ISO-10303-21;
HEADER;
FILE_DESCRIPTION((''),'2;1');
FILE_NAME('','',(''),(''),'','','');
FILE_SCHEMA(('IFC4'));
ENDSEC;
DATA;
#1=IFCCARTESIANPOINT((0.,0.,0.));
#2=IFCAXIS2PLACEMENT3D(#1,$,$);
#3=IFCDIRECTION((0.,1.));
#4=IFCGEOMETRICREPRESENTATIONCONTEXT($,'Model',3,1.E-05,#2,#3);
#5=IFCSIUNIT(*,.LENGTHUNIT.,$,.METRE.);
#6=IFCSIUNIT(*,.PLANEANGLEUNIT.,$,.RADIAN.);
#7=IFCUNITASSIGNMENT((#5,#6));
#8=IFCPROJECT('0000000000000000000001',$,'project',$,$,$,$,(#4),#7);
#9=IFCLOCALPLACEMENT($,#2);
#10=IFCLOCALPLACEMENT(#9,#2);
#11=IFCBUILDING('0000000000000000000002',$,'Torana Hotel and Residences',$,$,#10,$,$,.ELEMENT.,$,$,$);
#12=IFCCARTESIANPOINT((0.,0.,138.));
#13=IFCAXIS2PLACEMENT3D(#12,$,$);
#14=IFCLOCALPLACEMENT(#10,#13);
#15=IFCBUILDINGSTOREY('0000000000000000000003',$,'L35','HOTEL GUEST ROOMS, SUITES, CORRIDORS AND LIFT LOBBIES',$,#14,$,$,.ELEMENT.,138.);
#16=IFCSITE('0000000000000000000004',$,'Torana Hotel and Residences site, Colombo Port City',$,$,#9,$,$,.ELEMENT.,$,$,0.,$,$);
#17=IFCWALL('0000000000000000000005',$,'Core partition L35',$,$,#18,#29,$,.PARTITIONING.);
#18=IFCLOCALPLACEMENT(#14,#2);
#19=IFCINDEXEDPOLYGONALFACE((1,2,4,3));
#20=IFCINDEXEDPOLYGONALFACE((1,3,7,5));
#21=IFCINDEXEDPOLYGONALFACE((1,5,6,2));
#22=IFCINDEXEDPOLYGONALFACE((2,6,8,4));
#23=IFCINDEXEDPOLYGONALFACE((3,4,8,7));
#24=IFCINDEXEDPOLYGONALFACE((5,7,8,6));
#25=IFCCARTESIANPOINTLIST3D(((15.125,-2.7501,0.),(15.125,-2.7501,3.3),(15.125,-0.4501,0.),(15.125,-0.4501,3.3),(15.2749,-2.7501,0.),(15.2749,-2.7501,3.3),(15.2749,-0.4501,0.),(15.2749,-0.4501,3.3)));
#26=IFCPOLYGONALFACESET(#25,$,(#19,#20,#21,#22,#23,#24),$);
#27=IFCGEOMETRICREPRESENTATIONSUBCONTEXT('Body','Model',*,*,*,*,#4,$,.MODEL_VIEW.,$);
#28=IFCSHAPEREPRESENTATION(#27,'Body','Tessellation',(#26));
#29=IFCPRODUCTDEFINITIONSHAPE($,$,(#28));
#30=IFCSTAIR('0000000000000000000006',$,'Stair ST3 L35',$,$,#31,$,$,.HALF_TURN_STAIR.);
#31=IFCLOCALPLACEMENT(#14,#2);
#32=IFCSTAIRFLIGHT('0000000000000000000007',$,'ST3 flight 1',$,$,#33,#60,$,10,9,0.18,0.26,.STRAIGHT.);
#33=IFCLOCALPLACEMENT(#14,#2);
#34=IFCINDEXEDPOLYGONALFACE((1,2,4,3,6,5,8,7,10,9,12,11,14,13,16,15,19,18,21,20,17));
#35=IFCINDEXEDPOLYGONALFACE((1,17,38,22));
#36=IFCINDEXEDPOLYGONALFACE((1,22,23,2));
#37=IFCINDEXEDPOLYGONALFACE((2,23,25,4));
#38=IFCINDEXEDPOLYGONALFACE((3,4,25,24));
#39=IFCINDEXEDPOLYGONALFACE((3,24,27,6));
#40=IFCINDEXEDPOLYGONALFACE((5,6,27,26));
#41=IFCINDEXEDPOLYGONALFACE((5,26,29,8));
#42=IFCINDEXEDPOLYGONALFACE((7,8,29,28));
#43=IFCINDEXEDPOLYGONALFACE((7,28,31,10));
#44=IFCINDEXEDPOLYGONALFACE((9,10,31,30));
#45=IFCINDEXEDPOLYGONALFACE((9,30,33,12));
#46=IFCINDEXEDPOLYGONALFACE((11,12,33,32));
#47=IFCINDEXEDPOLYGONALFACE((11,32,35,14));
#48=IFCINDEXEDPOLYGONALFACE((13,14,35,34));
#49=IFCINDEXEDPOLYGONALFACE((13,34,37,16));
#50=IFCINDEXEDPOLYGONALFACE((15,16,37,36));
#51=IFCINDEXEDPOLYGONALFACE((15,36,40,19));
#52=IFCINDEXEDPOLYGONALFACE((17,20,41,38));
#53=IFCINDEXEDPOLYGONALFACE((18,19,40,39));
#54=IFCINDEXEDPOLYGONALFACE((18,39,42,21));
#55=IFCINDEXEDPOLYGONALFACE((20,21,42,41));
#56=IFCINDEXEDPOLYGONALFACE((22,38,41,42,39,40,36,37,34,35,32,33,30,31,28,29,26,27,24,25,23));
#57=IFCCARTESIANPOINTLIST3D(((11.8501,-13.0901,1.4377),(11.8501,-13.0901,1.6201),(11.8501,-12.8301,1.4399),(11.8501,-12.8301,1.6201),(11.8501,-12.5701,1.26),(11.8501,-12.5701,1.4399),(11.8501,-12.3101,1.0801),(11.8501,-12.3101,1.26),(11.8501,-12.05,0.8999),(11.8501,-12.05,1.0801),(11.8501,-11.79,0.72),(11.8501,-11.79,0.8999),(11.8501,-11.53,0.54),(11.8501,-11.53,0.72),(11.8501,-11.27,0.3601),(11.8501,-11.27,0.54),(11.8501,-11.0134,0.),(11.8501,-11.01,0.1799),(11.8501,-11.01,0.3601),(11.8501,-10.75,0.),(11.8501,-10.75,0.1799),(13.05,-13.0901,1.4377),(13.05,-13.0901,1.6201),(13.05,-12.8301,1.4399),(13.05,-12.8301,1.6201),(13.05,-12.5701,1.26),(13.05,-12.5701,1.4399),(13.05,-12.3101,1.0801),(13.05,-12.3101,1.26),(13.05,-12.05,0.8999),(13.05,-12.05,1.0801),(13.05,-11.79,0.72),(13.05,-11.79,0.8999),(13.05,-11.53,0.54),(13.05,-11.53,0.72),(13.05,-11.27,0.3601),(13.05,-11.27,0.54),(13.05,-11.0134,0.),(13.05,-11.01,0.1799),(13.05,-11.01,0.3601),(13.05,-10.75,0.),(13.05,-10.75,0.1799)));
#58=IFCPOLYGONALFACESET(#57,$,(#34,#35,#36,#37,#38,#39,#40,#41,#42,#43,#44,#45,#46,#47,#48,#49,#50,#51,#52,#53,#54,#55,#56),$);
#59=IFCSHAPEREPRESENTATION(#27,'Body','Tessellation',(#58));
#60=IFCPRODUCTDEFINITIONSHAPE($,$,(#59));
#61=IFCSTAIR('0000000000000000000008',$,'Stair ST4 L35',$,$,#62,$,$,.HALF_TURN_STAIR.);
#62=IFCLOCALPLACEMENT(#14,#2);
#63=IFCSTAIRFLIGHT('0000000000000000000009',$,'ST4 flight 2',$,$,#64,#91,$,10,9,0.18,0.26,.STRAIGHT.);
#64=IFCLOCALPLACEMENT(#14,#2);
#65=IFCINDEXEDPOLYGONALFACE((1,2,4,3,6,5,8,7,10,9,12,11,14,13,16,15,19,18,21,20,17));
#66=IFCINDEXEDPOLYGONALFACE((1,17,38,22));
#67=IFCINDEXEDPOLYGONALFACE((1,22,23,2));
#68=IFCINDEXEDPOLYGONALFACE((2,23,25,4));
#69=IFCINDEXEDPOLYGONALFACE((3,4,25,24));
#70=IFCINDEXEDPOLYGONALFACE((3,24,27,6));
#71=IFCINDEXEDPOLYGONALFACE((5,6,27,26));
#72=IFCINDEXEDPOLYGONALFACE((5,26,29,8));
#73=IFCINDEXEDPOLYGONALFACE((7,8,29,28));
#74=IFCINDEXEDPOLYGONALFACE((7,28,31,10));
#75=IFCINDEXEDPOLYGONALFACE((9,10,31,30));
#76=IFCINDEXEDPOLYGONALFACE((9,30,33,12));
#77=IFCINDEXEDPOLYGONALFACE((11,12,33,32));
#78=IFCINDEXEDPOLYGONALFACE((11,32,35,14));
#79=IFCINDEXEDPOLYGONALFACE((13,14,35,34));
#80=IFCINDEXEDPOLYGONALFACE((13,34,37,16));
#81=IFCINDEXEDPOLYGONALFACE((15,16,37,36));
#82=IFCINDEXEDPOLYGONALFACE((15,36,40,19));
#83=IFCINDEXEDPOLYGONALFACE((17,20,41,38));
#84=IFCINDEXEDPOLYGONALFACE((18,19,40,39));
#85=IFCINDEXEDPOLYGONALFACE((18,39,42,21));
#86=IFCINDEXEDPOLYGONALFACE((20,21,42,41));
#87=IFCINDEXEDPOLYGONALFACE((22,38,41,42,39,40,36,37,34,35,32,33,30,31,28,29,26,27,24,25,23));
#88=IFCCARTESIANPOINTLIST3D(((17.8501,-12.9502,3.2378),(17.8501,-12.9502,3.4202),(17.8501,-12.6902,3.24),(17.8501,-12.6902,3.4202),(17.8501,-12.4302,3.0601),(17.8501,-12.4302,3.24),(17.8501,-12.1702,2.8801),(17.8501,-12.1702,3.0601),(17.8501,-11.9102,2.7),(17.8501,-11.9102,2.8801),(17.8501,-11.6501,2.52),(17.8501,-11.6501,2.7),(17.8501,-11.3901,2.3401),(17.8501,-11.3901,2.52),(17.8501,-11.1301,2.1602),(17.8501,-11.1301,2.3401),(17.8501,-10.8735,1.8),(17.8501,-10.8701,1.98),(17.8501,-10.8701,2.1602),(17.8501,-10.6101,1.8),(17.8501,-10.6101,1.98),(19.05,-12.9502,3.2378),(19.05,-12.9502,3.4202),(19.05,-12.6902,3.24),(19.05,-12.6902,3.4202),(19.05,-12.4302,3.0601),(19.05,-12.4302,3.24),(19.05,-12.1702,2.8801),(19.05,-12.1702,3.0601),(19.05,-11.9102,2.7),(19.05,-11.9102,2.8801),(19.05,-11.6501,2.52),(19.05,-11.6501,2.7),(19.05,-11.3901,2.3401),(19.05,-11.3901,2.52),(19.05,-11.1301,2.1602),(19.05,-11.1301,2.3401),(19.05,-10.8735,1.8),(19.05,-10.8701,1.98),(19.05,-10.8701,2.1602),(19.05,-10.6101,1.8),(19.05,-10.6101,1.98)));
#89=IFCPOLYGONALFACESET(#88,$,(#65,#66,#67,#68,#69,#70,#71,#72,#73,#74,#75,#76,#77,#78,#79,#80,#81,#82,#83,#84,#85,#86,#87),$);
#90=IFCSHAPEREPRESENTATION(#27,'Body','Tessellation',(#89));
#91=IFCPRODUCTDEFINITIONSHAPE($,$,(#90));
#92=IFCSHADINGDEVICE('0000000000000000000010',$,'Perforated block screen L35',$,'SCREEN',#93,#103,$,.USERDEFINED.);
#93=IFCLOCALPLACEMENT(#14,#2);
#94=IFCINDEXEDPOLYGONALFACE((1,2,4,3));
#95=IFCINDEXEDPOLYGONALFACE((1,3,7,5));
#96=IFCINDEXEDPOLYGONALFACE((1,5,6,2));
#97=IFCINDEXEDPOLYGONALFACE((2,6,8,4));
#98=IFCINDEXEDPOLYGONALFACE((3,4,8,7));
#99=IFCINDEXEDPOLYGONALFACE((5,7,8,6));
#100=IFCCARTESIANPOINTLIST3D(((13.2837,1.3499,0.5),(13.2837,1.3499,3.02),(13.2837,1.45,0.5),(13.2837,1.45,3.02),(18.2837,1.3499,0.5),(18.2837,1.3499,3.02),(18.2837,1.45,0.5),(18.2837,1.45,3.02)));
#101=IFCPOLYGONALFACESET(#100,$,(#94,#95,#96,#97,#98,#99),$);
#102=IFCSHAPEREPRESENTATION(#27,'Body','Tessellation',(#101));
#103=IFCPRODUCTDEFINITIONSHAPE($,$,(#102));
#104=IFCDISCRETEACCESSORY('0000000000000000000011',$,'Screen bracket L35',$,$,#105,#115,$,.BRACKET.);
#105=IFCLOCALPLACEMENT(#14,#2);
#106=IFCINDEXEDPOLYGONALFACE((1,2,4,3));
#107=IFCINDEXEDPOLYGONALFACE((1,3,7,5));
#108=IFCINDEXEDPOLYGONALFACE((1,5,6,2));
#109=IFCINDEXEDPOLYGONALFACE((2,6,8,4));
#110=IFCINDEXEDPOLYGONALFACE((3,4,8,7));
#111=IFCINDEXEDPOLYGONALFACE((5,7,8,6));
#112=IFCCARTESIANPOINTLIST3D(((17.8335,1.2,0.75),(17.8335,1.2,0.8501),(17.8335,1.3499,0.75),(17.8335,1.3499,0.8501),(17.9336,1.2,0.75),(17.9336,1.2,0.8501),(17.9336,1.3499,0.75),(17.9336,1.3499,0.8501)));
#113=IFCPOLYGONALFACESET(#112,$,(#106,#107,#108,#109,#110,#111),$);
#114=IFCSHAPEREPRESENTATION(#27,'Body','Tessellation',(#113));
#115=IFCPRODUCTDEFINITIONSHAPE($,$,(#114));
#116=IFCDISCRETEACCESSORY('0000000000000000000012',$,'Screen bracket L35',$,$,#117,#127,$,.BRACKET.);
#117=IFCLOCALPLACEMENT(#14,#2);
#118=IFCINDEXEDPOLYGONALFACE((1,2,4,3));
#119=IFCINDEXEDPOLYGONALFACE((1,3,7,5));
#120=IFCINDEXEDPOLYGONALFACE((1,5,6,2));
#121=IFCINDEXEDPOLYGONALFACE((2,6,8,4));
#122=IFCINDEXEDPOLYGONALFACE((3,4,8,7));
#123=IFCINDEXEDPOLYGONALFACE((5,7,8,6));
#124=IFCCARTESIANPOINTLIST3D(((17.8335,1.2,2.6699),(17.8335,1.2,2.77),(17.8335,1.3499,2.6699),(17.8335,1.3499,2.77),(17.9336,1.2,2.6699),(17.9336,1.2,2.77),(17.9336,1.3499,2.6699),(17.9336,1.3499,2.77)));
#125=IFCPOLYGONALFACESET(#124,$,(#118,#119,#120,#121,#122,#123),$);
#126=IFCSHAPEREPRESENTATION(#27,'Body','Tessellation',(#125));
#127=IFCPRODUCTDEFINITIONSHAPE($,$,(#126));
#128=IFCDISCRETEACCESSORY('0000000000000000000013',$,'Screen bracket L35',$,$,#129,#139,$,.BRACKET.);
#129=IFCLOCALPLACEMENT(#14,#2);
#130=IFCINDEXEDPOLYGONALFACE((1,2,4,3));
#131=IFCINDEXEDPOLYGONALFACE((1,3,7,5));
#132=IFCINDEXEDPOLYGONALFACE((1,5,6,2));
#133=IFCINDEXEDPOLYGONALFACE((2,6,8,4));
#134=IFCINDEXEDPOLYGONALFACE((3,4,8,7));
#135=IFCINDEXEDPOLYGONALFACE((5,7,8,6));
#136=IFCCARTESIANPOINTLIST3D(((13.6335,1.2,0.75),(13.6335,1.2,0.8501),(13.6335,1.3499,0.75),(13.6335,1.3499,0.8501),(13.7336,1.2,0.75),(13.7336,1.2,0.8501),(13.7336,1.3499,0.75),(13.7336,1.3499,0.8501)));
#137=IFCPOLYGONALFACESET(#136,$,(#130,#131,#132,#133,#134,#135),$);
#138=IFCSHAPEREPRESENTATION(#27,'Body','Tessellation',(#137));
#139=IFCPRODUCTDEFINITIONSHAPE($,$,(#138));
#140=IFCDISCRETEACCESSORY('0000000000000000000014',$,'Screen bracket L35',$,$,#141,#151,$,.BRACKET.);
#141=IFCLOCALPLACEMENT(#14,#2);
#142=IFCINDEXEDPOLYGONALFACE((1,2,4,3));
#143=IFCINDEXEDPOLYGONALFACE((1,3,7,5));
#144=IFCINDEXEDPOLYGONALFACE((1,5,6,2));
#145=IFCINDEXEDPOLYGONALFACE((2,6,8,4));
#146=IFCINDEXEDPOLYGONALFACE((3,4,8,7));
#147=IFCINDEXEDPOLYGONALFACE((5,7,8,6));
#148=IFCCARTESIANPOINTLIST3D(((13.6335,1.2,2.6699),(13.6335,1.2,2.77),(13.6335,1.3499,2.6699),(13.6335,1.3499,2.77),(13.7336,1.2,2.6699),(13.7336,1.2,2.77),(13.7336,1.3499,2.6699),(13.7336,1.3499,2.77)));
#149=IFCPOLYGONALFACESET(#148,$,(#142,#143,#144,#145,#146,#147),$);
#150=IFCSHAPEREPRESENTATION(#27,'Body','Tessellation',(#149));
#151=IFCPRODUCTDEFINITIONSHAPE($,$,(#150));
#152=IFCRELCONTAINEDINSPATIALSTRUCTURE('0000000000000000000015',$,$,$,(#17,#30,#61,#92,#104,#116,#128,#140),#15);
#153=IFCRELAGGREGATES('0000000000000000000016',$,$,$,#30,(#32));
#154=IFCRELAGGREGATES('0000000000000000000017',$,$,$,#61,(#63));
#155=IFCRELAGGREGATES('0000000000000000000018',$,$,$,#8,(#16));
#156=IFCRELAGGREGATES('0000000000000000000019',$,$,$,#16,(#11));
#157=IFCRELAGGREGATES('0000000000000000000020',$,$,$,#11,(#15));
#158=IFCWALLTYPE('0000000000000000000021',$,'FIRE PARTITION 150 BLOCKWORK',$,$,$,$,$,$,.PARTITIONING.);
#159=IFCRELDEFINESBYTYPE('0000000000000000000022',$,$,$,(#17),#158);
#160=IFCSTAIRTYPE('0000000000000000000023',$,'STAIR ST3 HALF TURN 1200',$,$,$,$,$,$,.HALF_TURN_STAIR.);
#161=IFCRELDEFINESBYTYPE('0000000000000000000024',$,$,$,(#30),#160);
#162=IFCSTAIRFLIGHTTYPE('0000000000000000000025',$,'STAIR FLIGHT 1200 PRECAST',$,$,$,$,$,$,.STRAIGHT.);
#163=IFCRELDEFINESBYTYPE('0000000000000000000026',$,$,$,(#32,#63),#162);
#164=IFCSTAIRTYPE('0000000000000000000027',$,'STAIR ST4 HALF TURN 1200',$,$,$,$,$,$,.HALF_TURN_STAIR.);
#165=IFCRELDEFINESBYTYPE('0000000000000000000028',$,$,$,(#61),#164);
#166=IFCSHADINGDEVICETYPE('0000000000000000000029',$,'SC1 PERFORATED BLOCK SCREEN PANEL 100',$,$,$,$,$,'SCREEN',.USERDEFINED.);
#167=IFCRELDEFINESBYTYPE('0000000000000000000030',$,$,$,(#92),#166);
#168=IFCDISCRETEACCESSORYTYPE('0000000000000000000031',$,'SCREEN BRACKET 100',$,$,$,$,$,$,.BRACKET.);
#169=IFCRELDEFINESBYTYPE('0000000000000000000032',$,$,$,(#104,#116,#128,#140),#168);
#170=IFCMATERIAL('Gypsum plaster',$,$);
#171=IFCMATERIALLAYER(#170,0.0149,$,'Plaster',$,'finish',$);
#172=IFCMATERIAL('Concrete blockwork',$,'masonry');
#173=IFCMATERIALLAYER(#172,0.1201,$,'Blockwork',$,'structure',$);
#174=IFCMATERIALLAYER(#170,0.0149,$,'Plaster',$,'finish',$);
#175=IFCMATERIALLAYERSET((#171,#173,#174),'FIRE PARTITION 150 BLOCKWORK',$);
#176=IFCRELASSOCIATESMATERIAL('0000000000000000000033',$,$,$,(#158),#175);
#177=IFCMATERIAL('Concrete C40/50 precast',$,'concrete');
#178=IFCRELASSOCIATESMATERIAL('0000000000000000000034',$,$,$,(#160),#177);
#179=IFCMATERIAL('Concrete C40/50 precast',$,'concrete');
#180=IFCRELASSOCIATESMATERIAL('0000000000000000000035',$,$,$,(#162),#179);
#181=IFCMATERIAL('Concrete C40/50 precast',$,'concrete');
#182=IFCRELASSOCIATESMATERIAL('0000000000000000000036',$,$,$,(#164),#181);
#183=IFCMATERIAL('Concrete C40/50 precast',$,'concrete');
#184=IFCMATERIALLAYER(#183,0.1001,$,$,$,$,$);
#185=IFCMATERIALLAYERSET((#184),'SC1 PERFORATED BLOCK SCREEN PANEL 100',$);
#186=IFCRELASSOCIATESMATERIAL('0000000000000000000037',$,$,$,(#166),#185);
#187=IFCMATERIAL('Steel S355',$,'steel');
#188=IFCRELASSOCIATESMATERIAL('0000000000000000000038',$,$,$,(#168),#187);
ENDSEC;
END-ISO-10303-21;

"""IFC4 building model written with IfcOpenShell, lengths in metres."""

from ifc_helpers import new_model, si_unit, direction, frame, frame_2d, origin, origin_2d, place, context, subcontext, project, spatial, polyline, rectangle, outline, extrude, material, layer, layer_set, type_object, element, aggregate, save


model = new_model("IFC4")

# Units and contexts
model_context = context("Model", 3, precision=1e-05, world=origin(), true_north=direction((0.0, 1.0)))
body_context = subcontext(model_context, "Body", "Model", "MODEL_VIEW")
ifc_project = project(units=[si_unit("LENGTHUNIT", "METRE"), si_unit("PLANEANGLEUNIT", "RADIAN")], contexts=[model_context])

# Site, building, storey
site_placement = place(None, origin())
site = spatial("IfcSite", under=ifc_project, at=site_placement, Name="Torana Hotel and Residences site, Colombo Port City", CompositionType="ELEMENT", RefElevation=0.0)
building_placement = place(site_placement, origin())
building = spatial("IfcBuilding", under=site, at=building_placement, Name="Torana Hotel and Residences", CompositionType="ELEMENT")
storey_placement = place(building_placement, frame((0.0, 0.0, 138.0)))
storey = spatial("IfcBuildingStorey", under=building, at=storey_placement, Name="L35", Description="HOTEL GUEST ROOMS, SUITES, CORRIDORS AND LIFT LOBBIES", CompositionType="ELEMENT", Elevation=138.0)

# Wall
ifc_material_1 = material(Name="Gypsum plaster")
ifc_layer_1 = layer(ifc_material_1, 0.0149, Name="Plaster", Category="finish")
ifc_material_2 = material(Name="Concrete blockwork", Category="masonry")
ifc_layer_2 = layer(ifc_material_2, 0.1201, Name="Blockwork", Category="structure")
ifc_layer_3 = layer(ifc_material_1, 0.0149, Name="Plaster", Category="finish")
ifc_layer_set_1 = layer_set([ifc_layer_1, ifc_layer_2, ifc_layer_3], Name="FIRE PARTITION 150 BLOCKWORK")
wall_type_1 = type_object("IfcWallType", Name="FIRE PARTITION 150 BLOCKWORK", PredefinedType="PARTITIONING", material=ifc_layer_set_1)
wall_1_placement = place(storey_placement, frame((15.2, -2.75, 0.0), z_axis=(0.0, 0.0, 1.0), x_axis=(0.0, 1.0, 0.0)))
element("IfcWall", 1, at=wall_1_placement, inside=storey, type_object=wall_type_1, Name="Core partition L35", PredefinedType="PARTITIONING", context=body_context, shape_type="SweptSolid", body=[
    extrude(rectangle(XDim=2.3, YDim=0.1499, at=frame_2d((1.1499, 0.0))), origin(), (0.0, 0.0, 1.0), 3.3),
])

# Stairs, stair flights
ifc_material_3 = material(Name="Concrete C40/50 precast", Category="concrete")
stair_type_1 = type_object("IfcStairType", Name="STAIR ST3 HALF TURN 1200", PredefinedType="HALF_TURN_STAIR", material=ifc_material_3)
stair_1_placement = place(storey_placement, origin())
stair_1 = element("IfcStair", 2, at=stair_1_placement, inside=storey, type_object=stair_type_1, Name="Stair ST3 L35", PredefinedType="HALF_TURN_STAIR")
ifc_material_4 = material(Name="Concrete C40/50 precast", Category="concrete")
stair_flight_type = type_object("IfcStairFlightType", Name="STAIR FLIGHT 1200 PRECAST", PredefinedType="STRAIGHT", material=ifc_material_4)
stair_flight_1_placement = place(storey_placement, frame((12.45, -10.75, 0.0), z_axis=(0.0, 0.0, 1.0), x_axis=(0.0, -1.0, 0.0)))
stair_flight_1 = element("IfcStairFlight", 3, at=stair_flight_1_placement, type_object=stair_flight_type, Name="ST3 flight 1", NumberOfRisers=10, NumberOfTreads=9, PredefinedType="STRAIGHT", RiserHeight=0.18, TreadLength=0.26, context=body_context, shape_type="SweptSolid", body=[
    extrude(outline(polyline([(0.0, 0.0), (0.0, 0.1799), (0.26, 0.1799), (0.26, 0.3601), (0.52, 0.3601), (0.52, 0.54), (0.78, 0.54), (0.78, 0.72), (1.04, 0.72), (1.04, 0.8999), (1.3, 0.8999), (1.3, 1.0801), (1.5601, 1.0801), (1.5601, 1.26), (1.8201, 1.26), (1.8201, 1.4399), (2.0801, 1.4399), (2.0801, 1.6201), (2.3401, 1.6201), (2.3401, 1.8), (2.3401, 1.4377), (0.2634, 0.0), (0.0, 0.0)])), frame((0.0, 0.6001, 0.0), z_axis=(0.0, -1.0, 0.0), x_axis=(1.0, 0.0, 0.0)), (0.0, 0.0, 1.0), 1.2),
])
aggregate(stair_1, [stair_flight_1])
ifc_material_5 = material(Name="Concrete C40/50 precast", Category="concrete")
stair_type_2 = type_object("IfcStairType", Name="STAIR ST4 HALF TURN 1200", PredefinedType="HALF_TURN_STAIR", material=ifc_material_5)
stair_2_placement = place(storey_placement, origin())
stair_2 = element("IfcStair", 4, at=stair_2_placement, inside=storey, type_object=stair_type_2, Name="Stair ST4 L35", PredefinedType="HALF_TURN_STAIR")
stair_flight_2_placement = place(storey_placement, frame((18.45, -10.6101, 1.8), z_axis=(0.0, 0.0, 1.0), x_axis=(0.0, -1.0, 0.0)))
stair_flight_2 = element("IfcStairFlight", 5, at=stair_flight_2_placement, type_object=stair_flight_type, Name="ST4 flight 2", NumberOfRisers=10, NumberOfTreads=9, PredefinedType="STRAIGHT", RiserHeight=0.18, TreadLength=0.26, context=body_context, shape_type="SweptSolid", body=[
    extrude(outline(polyline([(0.0, 0.0), (0.0, 0.1799), (0.26, 0.1799), (0.26, 0.3601), (0.52, 0.3601), (0.52, 0.54), (0.78, 0.54), (0.78, 0.72), (1.04, 0.72), (1.04, 0.8999), (1.3, 0.8999), (1.3, 1.0801), (1.5601, 1.0801), (1.5601, 1.26), (1.8201, 1.26), (1.8201, 1.4399), (2.0801, 1.4399), (2.0801, 1.6201), (2.3401, 1.6201), (2.3401, 1.8), (2.3401, 1.4377), (0.2634, 0.0), (0.0, 0.0)])), frame((0.0, 0.6001, 0.0), z_axis=(0.0, -1.0, 0.0), x_axis=(1.0, 0.0, 0.0)), (0.0, 0.0, 1.0), 1.2),
])
aggregate(stair_2, [stair_flight_2])

# Shading device
ifc_material_6 = material(Name="Concrete C40/50 precast", Category="concrete")
ifc_layer_4 = layer(ifc_material_6, 0.1001)
ifc_layer_set_2 = layer_set([ifc_layer_4], Name="SC1 PERFORATED BLOCK SCREEN PANEL 100")
shading_device_type = type_object("IfcShadingDeviceType", Name="SC1 PERFORATED BLOCK SCREEN PANEL 100", ElementType="SCREEN", PredefinedType="USERDEFINED", material=ifc_layer_set_2)
shading_device_placement = place(storey_placement, frame((15.7837, 1.3999, 0.5), z_axis=(0.0, 0.0, 1.0), x_axis=(-1.0, 0.0, 0.0)))
element("IfcShadingDevice", 6, at=shading_device_placement, inside=storey, type_object=shading_device_type, Name="Perforated block screen L35", ObjectType="SCREEN", PredefinedType="USERDEFINED", context=body_context, shape_type="SweptSolid", body=[
    extrude(rectangle(XDim=5.0, YDim=0.1001, at=origin_2d()), origin(), (0.0, 0.0, 1.0), 2.52),
])

# Discrete accessories
ifc_material_7 = material(Name="Steel S355", Category="steel")
discrete_accessory_type = type_object("IfcDiscreteAccessoryType", Name="SCREEN BRACKET 100", PredefinedType="BRACKET", material=ifc_material_7)
for number, where, z_axis, x_axis, name in (
    (7, (17.8835, 1.2749, 0.75), (0.0, 0.0, 1.0), (-1.0, 0.0, 0.0), "Screen bracket L35"),
    (8, (17.8835, 1.2749, 2.6699), (0.0, 0.0, 1.0), (-1.0, 0.0, 0.0), "Screen bracket L35"),
    (9, (13.6836, 1.2749, 0.75), (0.0, 0.0, 1.0), (-1.0, 0.0, 0.0), "Screen bracket L35"),
    (10, (13.6836, 1.2749, 2.6699), (0.0, 0.0, 1.0), (-1.0, 0.0, 0.0), "Screen bracket L35"),
):
    element("IfcDiscreteAccessory", number, at=place(storey_placement, frame(where, z_axis=z_axis, x_axis=x_axis)), inside=storey, type_object=discrete_accessory_type, Name=name, PredefinedType="BRACKET", context=body_context, shape_type="SweptSolid", body=[
        extrude(rectangle(XDim=0.1001, YDim=0.1499, at=origin_2d()), origin(), (0.0, 0.0, 1.0), 0.1001),
    ])

save(model, "model.ifc")
